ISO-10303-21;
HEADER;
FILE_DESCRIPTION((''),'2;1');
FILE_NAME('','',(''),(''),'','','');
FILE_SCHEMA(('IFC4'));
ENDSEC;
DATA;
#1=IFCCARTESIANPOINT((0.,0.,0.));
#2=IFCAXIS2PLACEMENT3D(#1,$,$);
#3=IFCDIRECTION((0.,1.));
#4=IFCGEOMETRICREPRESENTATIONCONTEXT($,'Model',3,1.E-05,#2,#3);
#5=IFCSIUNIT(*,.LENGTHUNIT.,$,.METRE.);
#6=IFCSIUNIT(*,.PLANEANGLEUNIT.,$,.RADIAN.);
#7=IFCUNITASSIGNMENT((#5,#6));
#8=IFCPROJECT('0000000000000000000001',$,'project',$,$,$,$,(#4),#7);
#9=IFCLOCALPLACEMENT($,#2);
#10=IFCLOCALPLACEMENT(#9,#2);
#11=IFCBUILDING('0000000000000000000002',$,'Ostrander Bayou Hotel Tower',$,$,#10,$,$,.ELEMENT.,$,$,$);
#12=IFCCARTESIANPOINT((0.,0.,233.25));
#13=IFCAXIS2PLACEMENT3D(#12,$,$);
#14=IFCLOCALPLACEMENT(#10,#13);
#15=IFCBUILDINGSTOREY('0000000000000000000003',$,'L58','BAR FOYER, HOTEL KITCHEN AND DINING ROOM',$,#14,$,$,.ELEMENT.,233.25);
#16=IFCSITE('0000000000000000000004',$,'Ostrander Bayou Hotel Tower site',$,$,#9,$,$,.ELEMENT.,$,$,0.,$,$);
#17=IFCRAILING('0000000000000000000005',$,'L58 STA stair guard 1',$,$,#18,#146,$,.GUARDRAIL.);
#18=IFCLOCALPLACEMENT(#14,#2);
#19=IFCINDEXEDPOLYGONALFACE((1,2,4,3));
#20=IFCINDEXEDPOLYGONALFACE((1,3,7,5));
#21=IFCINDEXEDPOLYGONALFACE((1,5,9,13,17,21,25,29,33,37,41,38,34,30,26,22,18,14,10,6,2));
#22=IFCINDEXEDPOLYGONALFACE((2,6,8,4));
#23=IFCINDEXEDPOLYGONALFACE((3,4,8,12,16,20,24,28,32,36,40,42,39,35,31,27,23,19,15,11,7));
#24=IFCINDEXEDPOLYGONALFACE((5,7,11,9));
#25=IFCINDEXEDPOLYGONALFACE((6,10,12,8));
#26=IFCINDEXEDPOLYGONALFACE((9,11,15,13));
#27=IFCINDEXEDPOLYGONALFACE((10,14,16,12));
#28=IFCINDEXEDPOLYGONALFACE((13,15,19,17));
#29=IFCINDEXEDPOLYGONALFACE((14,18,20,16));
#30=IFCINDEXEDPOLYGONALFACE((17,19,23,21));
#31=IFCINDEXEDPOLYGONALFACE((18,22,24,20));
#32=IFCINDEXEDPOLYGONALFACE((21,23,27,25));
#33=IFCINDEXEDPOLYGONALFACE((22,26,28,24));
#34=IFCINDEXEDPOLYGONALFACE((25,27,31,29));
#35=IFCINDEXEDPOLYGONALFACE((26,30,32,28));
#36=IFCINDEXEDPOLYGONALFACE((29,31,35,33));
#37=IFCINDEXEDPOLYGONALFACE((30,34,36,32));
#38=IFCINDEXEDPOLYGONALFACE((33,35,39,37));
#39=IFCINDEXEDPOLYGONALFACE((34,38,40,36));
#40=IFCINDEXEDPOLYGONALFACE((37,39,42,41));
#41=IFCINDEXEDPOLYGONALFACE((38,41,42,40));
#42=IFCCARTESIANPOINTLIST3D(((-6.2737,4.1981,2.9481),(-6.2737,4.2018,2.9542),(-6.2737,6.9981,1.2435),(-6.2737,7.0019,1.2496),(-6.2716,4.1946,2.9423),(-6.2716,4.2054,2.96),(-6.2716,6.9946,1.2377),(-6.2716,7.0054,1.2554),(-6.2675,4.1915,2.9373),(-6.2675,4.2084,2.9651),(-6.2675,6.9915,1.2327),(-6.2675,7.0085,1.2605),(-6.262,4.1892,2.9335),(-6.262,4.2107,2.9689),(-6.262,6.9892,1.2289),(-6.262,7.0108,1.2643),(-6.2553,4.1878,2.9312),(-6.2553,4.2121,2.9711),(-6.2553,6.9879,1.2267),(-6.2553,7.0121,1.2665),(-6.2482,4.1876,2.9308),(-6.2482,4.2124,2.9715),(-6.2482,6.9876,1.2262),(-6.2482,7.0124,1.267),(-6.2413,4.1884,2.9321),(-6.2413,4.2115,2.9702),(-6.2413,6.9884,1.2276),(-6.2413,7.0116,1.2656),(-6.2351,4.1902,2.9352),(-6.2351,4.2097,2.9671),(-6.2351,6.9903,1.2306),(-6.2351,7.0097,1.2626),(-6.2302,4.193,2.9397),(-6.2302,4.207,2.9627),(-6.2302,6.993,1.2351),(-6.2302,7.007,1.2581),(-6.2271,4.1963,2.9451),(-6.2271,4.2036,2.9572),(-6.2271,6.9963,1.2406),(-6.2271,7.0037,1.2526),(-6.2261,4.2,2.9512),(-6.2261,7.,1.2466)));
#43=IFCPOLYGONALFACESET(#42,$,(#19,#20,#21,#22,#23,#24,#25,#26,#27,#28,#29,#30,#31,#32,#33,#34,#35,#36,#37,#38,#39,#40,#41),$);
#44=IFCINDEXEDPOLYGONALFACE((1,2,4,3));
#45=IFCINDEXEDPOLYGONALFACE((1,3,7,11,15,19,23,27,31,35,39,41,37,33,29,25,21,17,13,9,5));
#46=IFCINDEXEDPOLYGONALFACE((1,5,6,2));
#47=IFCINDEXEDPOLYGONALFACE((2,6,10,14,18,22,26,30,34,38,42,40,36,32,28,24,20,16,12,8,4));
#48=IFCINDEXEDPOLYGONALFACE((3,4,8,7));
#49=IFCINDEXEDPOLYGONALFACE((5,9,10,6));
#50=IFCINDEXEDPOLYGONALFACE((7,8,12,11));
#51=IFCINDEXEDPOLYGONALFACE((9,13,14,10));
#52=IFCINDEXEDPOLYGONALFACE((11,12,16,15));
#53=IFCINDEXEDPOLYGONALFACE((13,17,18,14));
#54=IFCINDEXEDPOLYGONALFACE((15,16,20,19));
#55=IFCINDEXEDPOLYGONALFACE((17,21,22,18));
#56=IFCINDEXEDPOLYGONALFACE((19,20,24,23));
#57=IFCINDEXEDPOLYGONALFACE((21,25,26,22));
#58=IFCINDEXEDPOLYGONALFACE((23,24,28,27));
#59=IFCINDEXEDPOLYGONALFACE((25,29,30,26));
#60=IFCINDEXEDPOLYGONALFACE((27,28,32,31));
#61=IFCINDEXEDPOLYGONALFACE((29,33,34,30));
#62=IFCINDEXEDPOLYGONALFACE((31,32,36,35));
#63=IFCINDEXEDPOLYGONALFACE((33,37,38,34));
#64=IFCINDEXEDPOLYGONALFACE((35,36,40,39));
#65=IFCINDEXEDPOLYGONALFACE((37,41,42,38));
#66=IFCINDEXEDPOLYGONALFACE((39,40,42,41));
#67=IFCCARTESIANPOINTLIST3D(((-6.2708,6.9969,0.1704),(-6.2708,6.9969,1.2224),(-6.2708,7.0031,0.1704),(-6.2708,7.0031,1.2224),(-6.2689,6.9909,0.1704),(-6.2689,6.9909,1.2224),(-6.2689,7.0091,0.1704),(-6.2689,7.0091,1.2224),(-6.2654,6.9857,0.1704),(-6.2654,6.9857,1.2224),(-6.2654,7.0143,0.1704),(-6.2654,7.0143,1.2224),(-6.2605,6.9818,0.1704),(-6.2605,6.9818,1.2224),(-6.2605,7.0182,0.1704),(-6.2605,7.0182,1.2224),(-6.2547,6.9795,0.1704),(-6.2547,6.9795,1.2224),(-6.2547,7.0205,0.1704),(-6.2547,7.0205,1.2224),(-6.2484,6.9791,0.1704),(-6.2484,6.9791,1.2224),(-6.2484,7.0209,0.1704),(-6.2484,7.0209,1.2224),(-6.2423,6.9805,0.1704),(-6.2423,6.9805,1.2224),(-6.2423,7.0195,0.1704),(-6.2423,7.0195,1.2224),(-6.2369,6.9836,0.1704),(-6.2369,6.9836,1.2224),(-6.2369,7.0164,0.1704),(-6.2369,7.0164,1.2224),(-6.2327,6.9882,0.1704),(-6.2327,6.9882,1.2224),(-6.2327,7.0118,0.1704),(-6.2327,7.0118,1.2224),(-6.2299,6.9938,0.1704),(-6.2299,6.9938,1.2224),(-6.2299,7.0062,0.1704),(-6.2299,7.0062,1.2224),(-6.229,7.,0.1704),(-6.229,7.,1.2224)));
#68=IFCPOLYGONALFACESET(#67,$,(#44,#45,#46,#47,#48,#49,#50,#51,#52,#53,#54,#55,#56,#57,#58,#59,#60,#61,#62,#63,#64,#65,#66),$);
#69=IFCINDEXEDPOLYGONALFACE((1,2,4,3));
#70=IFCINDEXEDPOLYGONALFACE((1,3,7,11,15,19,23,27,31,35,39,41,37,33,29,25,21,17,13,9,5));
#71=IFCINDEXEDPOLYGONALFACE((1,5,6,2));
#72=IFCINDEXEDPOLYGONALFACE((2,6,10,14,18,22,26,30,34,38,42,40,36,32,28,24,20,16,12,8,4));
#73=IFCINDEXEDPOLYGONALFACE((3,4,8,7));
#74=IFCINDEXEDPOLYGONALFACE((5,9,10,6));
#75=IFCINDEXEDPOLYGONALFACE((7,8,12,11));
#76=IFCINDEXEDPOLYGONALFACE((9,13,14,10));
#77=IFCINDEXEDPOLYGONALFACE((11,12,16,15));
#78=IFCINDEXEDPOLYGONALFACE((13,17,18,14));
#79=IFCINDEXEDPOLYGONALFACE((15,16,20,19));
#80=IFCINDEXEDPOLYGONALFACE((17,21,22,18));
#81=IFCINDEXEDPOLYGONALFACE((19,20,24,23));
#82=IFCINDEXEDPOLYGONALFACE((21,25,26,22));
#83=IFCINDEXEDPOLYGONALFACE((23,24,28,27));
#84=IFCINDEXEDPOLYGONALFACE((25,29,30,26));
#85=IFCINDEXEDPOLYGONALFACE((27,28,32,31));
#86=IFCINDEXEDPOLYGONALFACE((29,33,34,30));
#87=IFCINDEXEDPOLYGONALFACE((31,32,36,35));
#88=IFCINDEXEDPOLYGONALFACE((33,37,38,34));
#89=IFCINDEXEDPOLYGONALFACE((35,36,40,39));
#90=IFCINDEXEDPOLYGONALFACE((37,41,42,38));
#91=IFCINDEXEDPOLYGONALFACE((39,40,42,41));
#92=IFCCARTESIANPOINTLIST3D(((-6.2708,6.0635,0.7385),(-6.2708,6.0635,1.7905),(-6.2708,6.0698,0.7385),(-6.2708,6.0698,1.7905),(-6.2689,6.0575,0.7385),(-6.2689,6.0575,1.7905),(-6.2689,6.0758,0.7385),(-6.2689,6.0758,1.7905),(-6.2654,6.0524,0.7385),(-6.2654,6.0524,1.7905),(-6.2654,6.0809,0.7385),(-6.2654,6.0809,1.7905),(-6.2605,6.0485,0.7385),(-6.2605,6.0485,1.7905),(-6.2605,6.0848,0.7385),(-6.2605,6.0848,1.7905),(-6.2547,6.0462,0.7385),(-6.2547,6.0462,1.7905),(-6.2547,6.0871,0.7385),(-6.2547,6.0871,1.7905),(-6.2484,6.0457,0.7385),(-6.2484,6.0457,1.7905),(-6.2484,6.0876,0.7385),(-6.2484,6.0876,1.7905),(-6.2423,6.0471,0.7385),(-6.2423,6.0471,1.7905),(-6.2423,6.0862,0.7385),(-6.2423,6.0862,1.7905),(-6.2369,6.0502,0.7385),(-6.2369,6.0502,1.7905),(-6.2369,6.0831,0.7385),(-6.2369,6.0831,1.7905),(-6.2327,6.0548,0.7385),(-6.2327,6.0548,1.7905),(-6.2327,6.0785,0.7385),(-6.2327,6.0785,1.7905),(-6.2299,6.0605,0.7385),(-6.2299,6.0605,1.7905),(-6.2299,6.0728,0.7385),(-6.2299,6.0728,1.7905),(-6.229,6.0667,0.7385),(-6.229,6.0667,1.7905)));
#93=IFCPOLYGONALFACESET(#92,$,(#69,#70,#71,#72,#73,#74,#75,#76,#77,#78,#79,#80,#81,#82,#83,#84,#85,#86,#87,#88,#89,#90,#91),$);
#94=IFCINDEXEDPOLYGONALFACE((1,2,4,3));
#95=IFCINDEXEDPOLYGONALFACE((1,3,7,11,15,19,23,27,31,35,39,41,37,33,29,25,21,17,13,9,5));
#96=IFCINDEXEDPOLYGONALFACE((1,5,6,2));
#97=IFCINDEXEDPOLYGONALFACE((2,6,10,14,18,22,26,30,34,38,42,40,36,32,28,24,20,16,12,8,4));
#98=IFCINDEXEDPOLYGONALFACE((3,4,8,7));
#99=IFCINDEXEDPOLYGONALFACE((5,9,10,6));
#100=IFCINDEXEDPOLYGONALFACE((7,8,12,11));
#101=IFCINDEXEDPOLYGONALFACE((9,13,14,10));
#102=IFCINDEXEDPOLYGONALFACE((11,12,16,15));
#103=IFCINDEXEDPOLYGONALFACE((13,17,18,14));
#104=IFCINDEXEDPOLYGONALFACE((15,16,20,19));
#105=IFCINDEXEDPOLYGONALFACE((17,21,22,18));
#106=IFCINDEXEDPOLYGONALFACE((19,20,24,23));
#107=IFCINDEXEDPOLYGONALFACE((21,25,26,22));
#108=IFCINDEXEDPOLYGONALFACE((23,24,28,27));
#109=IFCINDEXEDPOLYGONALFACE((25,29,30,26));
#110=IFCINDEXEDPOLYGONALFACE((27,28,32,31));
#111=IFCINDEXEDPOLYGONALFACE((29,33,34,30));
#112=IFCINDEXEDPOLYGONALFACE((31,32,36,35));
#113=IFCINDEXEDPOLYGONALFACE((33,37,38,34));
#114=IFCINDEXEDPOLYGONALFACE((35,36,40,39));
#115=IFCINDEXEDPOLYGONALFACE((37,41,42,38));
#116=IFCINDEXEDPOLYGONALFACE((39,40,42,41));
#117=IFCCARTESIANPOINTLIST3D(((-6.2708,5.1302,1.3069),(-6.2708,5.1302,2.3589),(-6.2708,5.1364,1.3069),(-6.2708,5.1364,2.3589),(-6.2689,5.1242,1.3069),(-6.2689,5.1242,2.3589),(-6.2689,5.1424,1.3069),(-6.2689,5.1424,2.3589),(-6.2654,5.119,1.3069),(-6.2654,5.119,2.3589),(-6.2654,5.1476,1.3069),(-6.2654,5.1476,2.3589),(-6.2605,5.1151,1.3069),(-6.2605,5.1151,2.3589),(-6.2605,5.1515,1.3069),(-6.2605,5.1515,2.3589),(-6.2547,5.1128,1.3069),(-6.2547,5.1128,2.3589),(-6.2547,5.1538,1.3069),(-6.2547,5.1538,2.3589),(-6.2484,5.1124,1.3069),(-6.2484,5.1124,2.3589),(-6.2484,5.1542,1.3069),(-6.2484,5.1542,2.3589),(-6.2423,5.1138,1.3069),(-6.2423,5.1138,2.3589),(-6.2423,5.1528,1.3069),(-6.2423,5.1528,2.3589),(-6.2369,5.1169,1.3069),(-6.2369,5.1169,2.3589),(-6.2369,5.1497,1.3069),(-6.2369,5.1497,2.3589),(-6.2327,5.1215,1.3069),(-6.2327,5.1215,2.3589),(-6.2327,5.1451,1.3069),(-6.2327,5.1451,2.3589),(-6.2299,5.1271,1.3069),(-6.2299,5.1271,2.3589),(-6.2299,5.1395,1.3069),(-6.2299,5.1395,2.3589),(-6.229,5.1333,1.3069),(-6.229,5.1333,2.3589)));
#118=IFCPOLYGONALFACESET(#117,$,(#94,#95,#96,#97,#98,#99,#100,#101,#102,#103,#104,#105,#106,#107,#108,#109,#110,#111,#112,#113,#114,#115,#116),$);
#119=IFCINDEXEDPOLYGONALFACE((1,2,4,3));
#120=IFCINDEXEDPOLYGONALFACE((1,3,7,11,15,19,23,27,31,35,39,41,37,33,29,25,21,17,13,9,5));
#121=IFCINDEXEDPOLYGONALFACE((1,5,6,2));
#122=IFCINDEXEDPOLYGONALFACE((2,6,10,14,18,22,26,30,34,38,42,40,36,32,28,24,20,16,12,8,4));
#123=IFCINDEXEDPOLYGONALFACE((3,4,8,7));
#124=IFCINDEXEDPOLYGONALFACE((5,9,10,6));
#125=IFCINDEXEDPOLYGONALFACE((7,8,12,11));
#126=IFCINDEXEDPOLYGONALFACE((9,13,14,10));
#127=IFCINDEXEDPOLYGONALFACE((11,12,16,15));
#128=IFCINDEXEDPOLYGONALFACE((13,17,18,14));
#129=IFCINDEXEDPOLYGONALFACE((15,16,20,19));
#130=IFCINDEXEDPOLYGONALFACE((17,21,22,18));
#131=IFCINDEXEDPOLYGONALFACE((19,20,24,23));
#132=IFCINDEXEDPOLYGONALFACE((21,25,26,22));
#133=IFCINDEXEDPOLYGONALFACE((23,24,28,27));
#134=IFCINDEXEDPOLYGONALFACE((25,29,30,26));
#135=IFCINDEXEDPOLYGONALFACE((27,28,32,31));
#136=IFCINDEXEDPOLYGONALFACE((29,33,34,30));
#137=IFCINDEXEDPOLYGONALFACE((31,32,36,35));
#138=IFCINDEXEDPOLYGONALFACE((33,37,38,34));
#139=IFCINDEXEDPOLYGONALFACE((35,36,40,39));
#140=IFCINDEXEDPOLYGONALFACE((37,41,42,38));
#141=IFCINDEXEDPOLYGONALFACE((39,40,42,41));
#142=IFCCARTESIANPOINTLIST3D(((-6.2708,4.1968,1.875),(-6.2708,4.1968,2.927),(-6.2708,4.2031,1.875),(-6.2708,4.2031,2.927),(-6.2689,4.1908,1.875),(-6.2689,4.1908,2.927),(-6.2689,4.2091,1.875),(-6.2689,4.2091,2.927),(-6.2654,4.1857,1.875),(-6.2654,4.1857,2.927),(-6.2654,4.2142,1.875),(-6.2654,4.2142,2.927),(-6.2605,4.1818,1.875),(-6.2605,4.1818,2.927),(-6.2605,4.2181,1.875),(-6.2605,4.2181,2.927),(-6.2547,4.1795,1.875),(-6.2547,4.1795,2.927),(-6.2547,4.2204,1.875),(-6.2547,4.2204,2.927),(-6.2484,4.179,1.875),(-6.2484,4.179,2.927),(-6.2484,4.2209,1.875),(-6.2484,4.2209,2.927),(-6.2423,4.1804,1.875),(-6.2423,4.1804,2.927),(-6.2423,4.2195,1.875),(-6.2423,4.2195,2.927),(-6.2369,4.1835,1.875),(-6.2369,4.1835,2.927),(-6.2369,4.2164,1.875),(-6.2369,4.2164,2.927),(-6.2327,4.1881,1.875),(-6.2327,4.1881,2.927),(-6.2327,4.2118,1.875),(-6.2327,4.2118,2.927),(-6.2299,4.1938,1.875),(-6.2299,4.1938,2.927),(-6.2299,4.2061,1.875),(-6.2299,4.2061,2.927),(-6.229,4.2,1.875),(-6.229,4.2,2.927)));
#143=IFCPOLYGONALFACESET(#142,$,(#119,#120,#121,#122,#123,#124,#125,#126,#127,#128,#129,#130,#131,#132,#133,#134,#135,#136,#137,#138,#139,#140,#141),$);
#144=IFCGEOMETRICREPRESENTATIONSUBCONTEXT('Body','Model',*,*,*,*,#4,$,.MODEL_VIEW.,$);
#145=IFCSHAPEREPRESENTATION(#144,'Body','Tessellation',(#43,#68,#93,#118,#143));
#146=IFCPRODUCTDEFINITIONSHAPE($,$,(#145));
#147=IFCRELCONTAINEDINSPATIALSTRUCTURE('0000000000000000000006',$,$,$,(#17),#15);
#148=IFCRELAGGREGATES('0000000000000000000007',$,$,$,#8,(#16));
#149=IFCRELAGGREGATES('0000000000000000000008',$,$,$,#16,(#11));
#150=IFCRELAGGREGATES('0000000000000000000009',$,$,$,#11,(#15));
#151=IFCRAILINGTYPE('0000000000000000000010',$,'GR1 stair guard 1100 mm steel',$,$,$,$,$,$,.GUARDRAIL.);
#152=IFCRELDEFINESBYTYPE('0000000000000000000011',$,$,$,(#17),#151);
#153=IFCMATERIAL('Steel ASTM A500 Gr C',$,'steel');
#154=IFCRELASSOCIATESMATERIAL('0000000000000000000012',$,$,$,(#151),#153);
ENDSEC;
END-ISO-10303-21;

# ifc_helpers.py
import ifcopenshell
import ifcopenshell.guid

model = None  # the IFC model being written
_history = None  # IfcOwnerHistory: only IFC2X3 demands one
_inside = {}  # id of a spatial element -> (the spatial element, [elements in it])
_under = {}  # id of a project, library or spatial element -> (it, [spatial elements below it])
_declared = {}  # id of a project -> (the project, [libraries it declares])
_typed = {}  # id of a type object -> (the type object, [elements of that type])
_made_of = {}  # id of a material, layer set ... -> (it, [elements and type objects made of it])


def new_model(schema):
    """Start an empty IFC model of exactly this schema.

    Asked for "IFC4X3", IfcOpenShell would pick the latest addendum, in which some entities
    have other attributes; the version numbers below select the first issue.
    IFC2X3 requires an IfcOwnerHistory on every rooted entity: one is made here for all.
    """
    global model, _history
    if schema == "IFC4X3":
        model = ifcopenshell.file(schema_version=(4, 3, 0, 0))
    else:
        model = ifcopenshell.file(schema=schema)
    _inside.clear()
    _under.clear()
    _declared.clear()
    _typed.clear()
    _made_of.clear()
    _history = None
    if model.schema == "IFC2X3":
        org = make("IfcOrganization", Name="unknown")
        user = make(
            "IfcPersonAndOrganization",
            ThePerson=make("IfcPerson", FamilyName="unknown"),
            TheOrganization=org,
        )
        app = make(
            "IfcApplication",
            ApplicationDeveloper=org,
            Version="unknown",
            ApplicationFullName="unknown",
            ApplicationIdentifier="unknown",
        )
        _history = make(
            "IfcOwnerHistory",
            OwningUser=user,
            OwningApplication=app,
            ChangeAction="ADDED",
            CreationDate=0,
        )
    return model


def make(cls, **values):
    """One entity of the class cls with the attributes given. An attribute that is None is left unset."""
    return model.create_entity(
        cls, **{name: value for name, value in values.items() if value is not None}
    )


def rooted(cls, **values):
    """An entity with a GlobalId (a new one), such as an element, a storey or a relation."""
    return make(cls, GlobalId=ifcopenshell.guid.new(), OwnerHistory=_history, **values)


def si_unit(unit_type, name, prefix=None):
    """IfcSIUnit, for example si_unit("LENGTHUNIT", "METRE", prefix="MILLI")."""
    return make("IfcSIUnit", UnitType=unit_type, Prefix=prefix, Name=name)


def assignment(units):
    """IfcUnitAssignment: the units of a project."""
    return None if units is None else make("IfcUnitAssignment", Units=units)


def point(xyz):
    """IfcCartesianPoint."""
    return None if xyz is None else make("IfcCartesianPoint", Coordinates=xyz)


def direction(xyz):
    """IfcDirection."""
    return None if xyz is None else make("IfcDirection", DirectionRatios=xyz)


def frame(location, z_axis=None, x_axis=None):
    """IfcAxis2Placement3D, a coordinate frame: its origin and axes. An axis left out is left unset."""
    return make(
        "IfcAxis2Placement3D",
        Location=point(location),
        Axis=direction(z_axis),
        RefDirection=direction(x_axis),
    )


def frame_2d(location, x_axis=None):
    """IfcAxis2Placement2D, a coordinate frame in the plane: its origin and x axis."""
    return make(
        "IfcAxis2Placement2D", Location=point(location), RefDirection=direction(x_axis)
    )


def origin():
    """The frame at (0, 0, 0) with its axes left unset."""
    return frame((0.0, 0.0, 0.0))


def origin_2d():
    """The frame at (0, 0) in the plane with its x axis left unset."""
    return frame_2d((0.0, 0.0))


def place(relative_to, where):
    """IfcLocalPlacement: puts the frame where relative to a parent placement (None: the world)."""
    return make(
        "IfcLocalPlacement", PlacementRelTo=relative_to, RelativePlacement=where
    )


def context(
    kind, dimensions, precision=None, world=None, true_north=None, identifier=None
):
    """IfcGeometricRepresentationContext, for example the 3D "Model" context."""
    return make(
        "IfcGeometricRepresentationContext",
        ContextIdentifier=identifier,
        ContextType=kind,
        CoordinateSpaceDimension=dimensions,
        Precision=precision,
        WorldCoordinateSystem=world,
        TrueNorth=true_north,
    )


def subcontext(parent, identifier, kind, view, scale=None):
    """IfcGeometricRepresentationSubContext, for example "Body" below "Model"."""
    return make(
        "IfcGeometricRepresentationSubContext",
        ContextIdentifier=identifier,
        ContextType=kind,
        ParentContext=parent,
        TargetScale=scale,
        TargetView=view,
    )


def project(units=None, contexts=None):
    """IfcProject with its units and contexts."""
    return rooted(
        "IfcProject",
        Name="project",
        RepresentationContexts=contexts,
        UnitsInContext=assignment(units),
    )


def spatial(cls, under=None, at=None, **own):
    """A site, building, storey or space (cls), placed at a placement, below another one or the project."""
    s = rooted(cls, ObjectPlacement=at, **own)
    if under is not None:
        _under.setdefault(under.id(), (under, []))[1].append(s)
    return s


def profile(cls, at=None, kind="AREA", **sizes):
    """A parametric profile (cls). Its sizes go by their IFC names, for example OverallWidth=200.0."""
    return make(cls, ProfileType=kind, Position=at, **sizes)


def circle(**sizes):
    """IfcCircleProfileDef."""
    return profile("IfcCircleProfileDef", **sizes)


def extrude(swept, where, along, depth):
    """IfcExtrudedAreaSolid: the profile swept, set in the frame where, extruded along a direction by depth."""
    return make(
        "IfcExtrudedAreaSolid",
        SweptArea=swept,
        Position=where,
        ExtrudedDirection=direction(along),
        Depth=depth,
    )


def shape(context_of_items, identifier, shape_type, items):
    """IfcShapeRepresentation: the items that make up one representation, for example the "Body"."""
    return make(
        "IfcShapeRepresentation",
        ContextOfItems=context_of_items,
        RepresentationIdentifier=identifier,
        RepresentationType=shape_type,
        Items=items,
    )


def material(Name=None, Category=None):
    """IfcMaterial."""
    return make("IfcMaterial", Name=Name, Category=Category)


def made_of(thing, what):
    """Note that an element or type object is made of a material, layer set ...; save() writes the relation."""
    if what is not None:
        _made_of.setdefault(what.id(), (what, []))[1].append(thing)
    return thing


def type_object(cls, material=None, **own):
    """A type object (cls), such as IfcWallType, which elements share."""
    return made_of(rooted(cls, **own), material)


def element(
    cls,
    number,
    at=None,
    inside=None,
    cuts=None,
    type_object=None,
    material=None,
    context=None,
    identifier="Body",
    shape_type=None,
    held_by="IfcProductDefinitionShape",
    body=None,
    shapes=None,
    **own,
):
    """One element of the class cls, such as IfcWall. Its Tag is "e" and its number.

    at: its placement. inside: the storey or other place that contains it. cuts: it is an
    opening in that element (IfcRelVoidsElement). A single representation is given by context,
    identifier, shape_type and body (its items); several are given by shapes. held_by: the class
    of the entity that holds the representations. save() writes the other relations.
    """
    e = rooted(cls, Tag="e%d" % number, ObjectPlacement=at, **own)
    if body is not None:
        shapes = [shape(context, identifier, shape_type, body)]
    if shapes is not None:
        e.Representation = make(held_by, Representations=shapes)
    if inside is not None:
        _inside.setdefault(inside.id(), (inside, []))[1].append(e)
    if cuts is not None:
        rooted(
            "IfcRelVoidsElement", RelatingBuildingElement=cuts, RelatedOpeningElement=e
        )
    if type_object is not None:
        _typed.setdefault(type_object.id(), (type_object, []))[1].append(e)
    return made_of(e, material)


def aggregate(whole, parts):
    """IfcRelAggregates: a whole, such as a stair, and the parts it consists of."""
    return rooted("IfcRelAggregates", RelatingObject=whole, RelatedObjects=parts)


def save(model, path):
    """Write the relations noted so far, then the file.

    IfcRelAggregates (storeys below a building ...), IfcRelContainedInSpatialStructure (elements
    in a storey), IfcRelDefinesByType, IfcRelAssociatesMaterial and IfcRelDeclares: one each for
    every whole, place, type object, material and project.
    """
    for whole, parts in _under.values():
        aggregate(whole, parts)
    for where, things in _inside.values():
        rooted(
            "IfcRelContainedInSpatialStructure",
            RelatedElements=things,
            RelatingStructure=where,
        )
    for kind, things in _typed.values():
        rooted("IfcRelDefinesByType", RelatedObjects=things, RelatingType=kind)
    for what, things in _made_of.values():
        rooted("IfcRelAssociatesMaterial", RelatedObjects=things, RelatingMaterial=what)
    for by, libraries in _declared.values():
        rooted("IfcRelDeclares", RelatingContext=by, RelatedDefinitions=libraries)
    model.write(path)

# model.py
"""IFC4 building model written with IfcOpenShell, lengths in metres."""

from ifc_helpers import new_model, si_unit, direction, frame, origin, origin_2d, place, context, subcontext, project, spatial, circle, extrude, material, type_object, element, save


model = new_model("IFC4")

# Units and contexts
model_context = context("Model", 3, precision=1e-05, world=origin(), true_north=direction((0.0, 1.0)))
body_context = subcontext(model_context, "Body", "Model", "MODEL_VIEW")
ifc_project = project(units=[si_unit("LENGTHUNIT", "METRE"), si_unit("PLANEANGLEUNIT", "RADIAN")], contexts=[model_context])

# Site, building, storey
site_placement = place(None, origin())
site = spatial("IfcSite", under=ifc_project, at=site_placement, Name="Ostrander Bayou Hotel Tower site", CompositionType="ELEMENT", RefElevation=0.0)
building_placement = place(site_placement, origin())
building = spatial("IfcBuilding", under=site, at=building_placement, Name="Ostrander Bayou Hotel Tower", CompositionType="ELEMENT")
storey_placement = place(building_placement, frame((0.0, 0.0, 233.25)))
storey = spatial("IfcBuildingStorey", under=building, at=storey_placement, Name="L58", Description="BAR FOYER, HOTEL KITCHEN AND DINING ROOM", CompositionType="ELEMENT", Elevation=233.25)

# Railing
ifc_material_1 = material(Name="Steel ASTM A500 Gr C", Category="steel")
railing_type_1 = type_object("IfcRailingType", Name="GR1 stair guard 1100 mm steel", PredefinedType="GUARDRAIL", material=ifc_material_1)
railing_1_placement = place(storey_placement, frame((-6.25, 7.0, 0.1704)))
element("IfcRailing", 1, at=railing_1_placement, inside=storey, type_object=railing_type_1, Name="L58 STA stair guard 1", PredefinedType="GUARDRAIL", context=body_context, shape_type="SweptSolid", body=[
    extrude(circle(Radius=0.0239, at=origin_2d()), frame((0.0, 0.0, 1.0762), z_axis=(0.0, -0.85417, 0.519994), x_axis=(1.0, 0.0, 0.0)), (0.0, 0.0, 1.0), 3.2781),
    extrude(circle(Radius=0.021, at=origin_2d()), origin(), (0.0, 0.0, 1.0), 1.052),
    extrude(circle(Radius=0.021, at=origin_2d()), frame((0.0, -0.9333, 0.5681)), (0.0, 0.0, 1.0), 1.052),
    extrude(circle(Radius=0.021, at=origin_2d()), frame((0.0, -1.8667, 1.1365)), (0.0, 0.0, 1.0), 1.052),
    extrude(circle(Radius=0.021, at=origin_2d()), frame((0.0, -2.8, 1.7046)), (0.0, 0.0, 1.0), 1.052),
])

save(model, "model.ifc")
